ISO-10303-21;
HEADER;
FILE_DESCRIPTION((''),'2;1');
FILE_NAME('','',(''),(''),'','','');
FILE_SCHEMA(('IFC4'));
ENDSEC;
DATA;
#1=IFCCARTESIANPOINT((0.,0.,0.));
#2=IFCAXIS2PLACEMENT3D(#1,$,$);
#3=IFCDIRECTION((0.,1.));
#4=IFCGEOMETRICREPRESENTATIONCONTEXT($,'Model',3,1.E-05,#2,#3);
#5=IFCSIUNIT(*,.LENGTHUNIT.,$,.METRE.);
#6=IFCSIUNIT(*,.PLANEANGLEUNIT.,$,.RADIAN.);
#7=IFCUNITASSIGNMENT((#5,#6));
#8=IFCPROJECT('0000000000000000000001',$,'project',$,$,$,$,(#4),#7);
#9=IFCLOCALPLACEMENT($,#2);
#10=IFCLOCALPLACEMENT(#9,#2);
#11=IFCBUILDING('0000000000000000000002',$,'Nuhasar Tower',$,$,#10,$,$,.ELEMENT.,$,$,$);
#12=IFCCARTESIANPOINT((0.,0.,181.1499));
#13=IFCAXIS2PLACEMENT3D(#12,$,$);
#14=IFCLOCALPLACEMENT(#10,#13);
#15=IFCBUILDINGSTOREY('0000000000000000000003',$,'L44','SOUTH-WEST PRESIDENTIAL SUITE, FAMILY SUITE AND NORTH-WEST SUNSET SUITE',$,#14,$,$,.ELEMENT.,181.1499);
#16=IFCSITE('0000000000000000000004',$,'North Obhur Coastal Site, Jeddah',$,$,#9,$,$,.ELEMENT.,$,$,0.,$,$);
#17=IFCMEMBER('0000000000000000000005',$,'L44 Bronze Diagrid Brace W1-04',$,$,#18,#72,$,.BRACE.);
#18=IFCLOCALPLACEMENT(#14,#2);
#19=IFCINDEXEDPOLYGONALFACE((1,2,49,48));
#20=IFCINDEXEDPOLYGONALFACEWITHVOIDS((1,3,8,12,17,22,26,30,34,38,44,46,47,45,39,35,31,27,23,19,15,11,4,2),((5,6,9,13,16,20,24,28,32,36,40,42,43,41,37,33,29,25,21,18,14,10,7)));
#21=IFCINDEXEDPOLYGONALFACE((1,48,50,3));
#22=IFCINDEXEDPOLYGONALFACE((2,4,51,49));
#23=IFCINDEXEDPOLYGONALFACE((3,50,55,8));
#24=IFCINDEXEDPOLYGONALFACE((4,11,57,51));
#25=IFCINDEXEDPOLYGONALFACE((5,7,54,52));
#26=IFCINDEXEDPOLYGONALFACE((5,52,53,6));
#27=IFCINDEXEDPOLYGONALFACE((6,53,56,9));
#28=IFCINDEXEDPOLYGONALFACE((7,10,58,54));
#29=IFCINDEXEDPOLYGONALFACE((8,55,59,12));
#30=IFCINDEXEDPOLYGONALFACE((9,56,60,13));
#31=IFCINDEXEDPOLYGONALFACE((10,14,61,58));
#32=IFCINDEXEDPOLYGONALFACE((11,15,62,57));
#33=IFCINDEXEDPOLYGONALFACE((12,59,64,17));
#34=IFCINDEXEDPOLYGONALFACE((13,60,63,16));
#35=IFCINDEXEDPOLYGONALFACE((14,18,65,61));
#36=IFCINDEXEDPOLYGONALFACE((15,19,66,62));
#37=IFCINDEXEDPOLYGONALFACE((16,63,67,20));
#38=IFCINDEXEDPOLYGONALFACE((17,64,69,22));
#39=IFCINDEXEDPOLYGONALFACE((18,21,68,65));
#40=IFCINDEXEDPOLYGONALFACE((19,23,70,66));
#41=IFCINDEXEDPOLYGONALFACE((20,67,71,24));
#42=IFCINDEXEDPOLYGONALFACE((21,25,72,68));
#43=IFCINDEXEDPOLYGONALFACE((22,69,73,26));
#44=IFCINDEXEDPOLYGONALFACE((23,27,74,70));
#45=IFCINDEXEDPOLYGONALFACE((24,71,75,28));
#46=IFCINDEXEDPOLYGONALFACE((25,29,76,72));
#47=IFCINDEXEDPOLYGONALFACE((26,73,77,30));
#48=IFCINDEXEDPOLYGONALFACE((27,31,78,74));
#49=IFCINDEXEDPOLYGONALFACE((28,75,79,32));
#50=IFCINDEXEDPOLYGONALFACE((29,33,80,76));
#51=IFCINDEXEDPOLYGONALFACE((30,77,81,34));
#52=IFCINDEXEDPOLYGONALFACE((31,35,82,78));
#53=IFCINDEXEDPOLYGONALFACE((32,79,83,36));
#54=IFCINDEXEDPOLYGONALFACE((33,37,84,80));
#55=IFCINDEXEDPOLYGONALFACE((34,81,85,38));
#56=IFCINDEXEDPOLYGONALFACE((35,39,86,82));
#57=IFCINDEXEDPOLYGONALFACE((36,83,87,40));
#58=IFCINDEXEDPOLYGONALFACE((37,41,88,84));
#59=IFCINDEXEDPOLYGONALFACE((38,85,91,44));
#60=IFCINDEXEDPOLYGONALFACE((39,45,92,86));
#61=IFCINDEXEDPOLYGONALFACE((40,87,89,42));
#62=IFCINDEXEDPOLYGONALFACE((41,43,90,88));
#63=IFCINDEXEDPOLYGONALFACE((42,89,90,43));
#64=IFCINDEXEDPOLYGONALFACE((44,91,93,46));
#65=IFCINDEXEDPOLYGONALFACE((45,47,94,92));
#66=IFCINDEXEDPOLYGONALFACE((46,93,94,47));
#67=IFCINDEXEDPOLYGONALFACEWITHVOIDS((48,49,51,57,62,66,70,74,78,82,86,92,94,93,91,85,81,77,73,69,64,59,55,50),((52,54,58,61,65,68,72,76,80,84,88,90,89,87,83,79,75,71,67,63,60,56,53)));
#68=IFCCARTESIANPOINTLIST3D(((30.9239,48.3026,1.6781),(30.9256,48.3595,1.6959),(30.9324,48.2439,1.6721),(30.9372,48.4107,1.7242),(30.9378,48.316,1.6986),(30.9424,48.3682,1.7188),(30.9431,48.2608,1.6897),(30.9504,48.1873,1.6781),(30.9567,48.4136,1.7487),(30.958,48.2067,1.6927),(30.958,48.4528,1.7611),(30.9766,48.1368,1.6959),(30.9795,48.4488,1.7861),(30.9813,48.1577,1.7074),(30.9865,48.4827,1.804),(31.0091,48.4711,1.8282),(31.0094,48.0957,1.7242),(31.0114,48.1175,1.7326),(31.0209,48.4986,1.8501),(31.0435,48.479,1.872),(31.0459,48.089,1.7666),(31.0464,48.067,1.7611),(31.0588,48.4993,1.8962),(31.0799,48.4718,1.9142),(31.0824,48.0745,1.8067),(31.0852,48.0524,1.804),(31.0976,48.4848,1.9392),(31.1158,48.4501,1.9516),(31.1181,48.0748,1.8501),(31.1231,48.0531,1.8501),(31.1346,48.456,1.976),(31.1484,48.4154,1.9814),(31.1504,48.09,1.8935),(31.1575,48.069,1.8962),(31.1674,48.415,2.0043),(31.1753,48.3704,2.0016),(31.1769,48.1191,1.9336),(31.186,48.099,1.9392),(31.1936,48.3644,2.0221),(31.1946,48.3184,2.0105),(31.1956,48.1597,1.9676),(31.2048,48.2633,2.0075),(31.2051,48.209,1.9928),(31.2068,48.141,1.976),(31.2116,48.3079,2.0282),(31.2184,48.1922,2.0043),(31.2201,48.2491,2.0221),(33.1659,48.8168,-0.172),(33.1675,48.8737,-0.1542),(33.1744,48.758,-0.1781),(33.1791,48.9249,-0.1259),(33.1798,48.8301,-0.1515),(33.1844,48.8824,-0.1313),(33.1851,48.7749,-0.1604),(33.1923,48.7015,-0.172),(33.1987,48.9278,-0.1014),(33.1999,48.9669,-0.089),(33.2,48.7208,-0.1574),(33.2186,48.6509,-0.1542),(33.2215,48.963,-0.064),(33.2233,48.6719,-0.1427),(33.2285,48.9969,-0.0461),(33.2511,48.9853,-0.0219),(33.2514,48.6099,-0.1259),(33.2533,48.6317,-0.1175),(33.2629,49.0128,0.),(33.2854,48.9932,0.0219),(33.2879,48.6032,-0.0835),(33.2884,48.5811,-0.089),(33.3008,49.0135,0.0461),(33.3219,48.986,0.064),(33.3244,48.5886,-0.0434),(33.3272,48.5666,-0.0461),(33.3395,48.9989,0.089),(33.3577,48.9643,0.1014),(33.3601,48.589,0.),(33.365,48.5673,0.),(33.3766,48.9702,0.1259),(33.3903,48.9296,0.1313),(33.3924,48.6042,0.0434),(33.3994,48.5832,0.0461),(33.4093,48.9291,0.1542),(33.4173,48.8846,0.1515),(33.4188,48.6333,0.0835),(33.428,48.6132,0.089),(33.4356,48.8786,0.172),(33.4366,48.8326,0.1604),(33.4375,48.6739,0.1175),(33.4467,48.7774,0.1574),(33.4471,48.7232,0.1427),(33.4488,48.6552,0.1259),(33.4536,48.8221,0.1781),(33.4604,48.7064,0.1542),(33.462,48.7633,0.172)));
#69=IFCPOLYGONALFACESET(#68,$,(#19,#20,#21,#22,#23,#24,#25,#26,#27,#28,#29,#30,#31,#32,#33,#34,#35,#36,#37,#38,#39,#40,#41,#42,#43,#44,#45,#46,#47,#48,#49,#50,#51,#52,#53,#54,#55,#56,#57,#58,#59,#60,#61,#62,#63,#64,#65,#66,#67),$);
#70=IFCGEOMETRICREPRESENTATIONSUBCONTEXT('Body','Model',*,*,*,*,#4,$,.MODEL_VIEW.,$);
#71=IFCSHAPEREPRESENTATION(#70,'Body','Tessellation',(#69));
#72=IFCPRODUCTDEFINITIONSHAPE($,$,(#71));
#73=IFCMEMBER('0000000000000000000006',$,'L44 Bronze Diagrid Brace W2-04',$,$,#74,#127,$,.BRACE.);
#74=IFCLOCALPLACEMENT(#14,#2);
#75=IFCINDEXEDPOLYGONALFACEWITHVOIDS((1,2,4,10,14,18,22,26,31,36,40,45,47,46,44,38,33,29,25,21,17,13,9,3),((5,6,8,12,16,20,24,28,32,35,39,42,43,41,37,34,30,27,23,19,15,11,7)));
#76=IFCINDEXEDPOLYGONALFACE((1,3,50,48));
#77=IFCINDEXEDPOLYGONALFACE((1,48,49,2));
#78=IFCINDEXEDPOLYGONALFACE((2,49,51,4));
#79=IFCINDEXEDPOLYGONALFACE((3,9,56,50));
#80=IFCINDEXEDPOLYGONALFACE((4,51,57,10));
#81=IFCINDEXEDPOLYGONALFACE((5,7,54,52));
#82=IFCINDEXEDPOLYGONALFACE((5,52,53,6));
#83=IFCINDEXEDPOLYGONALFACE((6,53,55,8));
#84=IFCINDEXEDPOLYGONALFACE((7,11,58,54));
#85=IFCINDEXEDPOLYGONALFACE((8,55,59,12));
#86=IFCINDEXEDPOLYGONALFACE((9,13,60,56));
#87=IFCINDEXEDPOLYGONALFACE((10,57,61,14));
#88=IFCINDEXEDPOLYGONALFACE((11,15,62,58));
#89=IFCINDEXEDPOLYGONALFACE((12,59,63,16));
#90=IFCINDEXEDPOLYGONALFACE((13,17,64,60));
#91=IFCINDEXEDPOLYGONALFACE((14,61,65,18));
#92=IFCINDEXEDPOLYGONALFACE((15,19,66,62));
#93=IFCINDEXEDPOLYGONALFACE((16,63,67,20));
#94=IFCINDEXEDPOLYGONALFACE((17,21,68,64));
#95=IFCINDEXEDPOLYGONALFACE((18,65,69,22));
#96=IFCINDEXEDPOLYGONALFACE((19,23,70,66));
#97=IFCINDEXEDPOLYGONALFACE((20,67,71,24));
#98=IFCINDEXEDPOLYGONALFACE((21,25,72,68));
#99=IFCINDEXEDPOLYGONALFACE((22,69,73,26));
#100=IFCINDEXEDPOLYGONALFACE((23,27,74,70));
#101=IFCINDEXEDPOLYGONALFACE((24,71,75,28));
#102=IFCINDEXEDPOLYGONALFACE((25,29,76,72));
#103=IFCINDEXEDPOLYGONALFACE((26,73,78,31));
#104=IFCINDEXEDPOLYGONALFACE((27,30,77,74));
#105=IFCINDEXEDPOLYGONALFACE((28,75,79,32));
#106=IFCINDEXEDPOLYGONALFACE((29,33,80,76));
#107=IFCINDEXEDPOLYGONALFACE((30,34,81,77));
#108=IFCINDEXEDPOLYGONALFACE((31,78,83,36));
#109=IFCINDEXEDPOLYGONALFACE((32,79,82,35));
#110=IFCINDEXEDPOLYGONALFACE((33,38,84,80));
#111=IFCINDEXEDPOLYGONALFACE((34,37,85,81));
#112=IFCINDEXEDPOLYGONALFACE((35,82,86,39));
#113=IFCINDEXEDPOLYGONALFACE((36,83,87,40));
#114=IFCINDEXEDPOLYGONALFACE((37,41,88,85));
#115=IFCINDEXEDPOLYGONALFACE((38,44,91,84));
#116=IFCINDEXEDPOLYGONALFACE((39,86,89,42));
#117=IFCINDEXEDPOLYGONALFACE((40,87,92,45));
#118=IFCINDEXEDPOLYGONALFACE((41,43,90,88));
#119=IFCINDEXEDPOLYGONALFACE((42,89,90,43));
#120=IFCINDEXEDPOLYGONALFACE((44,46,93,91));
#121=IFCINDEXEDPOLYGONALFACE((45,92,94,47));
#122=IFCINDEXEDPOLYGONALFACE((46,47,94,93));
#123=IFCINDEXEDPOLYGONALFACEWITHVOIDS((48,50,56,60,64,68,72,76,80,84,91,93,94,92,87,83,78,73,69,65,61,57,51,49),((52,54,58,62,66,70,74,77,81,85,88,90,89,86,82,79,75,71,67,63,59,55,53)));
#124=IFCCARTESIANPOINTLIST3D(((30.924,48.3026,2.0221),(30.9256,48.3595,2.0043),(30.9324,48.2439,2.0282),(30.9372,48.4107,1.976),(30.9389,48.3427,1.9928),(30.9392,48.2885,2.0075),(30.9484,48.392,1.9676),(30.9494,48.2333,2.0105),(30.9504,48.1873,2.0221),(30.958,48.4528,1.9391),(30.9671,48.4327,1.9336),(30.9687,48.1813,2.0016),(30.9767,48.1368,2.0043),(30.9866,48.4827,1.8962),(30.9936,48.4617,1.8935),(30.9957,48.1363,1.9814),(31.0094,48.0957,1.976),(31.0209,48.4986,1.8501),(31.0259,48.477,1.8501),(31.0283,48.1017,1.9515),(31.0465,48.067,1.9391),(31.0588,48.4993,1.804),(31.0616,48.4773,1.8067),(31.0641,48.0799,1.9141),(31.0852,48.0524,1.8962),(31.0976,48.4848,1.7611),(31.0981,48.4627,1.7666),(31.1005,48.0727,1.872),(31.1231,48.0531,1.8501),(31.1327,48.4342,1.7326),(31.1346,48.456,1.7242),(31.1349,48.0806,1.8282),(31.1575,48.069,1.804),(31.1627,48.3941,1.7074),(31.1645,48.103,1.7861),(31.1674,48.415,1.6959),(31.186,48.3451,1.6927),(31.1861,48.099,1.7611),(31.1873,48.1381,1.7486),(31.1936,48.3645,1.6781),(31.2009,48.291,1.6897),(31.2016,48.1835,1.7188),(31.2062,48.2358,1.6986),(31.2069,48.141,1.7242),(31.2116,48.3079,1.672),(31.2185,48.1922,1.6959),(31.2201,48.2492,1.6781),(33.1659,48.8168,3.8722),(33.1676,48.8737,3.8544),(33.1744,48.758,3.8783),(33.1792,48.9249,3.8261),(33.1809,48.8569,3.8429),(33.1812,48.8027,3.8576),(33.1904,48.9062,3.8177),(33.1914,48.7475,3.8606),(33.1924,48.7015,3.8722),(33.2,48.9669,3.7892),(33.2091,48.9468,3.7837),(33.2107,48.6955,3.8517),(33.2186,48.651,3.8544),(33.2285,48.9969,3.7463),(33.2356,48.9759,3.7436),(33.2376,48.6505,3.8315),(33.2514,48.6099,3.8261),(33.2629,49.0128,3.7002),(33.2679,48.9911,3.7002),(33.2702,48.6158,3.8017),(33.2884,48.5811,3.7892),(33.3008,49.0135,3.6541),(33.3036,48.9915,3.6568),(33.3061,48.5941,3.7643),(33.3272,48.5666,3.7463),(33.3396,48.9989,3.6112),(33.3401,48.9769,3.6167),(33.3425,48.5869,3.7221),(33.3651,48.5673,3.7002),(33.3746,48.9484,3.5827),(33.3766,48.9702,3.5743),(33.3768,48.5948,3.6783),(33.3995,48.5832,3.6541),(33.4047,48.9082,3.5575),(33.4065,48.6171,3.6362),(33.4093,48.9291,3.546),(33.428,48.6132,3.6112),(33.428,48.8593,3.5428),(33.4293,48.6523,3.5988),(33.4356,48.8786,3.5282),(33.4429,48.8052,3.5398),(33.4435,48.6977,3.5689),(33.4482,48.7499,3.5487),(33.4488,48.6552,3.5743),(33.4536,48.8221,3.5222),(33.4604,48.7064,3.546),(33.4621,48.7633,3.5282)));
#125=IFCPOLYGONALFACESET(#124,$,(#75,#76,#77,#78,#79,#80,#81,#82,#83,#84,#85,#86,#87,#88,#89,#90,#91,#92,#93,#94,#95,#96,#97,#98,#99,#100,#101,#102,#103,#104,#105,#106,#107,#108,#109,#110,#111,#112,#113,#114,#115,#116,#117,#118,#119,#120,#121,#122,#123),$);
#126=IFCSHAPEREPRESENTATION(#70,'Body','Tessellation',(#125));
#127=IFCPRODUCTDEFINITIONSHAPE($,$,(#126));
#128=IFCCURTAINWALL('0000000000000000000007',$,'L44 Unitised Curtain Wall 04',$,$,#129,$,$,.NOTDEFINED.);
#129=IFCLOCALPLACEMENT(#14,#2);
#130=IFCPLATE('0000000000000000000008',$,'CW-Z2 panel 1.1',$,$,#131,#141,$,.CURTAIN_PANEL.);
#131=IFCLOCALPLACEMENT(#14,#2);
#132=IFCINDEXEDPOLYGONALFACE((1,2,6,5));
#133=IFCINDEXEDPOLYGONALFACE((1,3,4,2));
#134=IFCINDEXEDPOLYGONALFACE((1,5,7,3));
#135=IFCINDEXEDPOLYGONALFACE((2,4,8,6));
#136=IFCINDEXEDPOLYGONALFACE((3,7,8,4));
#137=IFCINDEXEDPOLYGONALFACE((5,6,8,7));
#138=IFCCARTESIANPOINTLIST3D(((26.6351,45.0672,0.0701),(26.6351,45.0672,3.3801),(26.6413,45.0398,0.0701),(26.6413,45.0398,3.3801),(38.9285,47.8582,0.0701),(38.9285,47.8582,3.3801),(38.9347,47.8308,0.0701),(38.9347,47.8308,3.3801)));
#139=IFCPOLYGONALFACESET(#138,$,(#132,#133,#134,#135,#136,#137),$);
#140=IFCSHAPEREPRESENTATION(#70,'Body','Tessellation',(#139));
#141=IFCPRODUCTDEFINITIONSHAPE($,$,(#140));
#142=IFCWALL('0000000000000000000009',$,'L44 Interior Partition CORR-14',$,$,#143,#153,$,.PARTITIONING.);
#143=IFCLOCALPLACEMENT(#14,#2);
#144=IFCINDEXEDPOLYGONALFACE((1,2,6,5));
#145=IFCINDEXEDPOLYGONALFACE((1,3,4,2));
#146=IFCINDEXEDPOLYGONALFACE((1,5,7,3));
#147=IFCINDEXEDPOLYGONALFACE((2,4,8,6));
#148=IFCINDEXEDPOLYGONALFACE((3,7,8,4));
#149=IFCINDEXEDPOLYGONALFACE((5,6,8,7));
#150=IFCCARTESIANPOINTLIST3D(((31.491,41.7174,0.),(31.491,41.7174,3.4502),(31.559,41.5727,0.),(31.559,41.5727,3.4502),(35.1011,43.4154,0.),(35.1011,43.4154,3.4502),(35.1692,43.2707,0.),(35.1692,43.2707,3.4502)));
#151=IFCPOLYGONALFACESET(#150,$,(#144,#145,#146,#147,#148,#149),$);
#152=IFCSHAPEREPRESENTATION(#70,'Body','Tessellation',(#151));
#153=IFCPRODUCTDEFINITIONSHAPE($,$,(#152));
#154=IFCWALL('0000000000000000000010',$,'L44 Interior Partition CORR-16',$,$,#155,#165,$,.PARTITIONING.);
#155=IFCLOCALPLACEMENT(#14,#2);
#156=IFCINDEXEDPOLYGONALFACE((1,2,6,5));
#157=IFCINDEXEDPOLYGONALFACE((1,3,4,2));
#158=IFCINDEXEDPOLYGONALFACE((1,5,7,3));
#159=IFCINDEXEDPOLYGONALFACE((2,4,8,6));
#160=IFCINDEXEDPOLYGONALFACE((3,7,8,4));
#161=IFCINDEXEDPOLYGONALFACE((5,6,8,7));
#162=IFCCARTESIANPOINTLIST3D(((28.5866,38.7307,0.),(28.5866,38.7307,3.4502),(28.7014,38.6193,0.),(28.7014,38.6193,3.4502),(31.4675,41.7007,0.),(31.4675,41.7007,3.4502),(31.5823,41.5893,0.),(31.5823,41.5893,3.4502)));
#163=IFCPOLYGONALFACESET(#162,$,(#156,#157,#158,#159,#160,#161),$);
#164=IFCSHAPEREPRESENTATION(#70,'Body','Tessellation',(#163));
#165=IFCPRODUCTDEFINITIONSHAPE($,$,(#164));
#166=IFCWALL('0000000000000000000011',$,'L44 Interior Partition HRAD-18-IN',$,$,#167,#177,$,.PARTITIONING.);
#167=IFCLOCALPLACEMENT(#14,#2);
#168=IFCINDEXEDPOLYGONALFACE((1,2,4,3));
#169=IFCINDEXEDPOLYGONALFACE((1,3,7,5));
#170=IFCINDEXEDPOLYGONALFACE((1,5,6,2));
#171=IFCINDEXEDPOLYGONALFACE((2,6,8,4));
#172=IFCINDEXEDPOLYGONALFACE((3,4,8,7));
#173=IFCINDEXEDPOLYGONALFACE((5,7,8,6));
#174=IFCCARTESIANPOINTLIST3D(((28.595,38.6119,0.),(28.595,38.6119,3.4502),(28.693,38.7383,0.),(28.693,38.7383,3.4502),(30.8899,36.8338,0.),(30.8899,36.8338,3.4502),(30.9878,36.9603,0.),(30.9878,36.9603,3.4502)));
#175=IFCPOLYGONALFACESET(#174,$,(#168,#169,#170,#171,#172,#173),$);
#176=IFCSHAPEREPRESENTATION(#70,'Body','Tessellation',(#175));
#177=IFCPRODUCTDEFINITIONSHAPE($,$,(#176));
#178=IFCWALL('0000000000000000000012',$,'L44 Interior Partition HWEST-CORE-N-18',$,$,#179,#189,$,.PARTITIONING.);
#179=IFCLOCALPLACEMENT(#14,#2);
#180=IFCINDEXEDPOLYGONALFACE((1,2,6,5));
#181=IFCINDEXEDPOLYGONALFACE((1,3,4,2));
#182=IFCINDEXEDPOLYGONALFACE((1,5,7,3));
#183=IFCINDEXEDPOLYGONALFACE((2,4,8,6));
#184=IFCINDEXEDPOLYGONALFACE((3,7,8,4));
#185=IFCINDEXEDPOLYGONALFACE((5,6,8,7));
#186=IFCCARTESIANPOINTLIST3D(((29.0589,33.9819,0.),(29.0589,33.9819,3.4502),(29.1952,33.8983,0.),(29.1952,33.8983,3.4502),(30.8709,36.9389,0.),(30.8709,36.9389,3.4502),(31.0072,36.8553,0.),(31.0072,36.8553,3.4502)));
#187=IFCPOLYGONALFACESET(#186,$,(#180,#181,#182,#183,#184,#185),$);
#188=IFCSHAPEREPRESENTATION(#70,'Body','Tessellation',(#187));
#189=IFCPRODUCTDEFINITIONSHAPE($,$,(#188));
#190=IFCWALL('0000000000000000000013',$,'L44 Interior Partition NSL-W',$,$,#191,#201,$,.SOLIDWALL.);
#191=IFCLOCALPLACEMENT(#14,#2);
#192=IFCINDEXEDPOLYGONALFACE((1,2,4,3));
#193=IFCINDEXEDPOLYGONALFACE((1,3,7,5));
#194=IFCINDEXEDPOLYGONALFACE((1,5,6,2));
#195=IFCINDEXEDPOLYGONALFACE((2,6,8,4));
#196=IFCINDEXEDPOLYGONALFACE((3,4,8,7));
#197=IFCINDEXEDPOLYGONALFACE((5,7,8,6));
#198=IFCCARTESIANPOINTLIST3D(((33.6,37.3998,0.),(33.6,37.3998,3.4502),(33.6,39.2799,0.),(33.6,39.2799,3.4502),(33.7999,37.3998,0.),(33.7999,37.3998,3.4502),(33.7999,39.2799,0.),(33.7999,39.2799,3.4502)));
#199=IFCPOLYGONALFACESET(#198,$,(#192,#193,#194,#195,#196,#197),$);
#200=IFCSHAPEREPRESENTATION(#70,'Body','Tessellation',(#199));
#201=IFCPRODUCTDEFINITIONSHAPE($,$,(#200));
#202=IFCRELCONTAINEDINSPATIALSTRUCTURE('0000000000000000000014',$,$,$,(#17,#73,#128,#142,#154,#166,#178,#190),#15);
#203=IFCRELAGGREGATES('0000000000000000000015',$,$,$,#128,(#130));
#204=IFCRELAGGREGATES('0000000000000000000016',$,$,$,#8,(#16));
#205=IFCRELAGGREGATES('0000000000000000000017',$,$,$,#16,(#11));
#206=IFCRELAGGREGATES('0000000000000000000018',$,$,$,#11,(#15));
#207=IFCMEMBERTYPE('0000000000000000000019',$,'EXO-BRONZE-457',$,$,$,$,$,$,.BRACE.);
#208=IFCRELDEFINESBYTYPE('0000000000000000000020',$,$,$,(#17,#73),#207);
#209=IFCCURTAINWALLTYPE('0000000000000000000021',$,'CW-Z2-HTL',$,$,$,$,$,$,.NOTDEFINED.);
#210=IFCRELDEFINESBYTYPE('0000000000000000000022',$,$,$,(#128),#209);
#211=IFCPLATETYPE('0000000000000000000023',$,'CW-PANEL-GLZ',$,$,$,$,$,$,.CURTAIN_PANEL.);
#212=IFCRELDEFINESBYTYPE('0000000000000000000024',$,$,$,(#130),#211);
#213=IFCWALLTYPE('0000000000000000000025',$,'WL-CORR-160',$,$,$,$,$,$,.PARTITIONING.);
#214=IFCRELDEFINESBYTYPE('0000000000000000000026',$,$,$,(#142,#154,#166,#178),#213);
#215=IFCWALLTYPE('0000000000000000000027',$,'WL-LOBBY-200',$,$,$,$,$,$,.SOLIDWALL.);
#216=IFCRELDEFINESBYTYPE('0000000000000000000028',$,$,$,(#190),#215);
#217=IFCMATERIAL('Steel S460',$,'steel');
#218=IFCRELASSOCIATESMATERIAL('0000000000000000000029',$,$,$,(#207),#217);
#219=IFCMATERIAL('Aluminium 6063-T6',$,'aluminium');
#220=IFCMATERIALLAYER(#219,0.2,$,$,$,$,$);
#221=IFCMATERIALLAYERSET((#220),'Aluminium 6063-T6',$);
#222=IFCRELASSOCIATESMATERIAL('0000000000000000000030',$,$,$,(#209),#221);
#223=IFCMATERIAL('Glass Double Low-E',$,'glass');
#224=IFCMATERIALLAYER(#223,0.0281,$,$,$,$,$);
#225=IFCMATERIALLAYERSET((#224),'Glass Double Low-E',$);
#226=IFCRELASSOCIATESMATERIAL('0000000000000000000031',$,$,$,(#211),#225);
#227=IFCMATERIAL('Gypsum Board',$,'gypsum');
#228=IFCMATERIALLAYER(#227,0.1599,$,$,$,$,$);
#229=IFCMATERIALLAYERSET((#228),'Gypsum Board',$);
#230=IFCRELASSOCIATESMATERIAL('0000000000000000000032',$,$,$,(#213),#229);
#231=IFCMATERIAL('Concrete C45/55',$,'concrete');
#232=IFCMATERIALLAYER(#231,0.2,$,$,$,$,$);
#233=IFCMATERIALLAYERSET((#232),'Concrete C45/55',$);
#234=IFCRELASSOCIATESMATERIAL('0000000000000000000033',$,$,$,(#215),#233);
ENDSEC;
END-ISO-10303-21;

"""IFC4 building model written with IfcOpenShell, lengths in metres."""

from ifc_helpers import new_model, si_unit, direction, frame, frame_2d, origin, origin_2d, place, context, subcontext, project, spatial, rectangle, hollow_circle, extrude, material, layer, layer_set, material_profile, profile_set, type_object, element, aggregate, save


model = new_model("IFC4")

# Units and contexts
model_context = context("Model", 3, precision=1e-05, world=origin(), true_north=direction((0.0, 1.0)))
body_context = subcontext(model_context, "Body", "Model", "MODEL_VIEW")
ifc_project = project(units=[si_unit("LENGTHUNIT", "METRE"), si_unit("PLANEANGLEUNIT", "RADIAN")], contexts=[model_context])

# Site, building, storey
site_placement = place(None, origin())
site = spatial("IfcSite", under=ifc_project, at=site_placement, Name="North Obhur Coastal Site, Jeddah", CompositionType="ELEMENT", RefElevation=0.0)
building_placement = place(site_placement, origin())
building = spatial("IfcBuilding", under=site, at=building_placement, Name="Nuhasar Tower", CompositionType="ELEMENT")
storey_placement = place(building_placement, frame((0.0, 0.0, 181.1499)))
storey = spatial("IfcBuildingStorey", under=building, at=storey_placement, Name="L44", Description="SOUTH-WEST PRESIDENTIAL SUITE, FAMILY SUITE AND NORTH-WEST SUNSET SUITE", CompositionType="ELEMENT", Elevation=181.1499)

# Members
ifc_material_1 = material(Name="Steel S460", Category="steel")
ifc_material_profile_1 = material_profile(ifc_material_1, hollow_circle(Radius=0.2285, WallThickness=0.0222, at=origin_2d()), Name="HSS457X22.2")
ifc_profile_set_1 = profile_set([ifc_material_profile_1], Name="Steel S460")
member_type = type_object("IfcMemberType", Name="EXO-BRONZE-457", PredefinedType="BRACE", material=ifc_profile_set_1)
for number, where, z_axis, x_axis, name in (
    (1, (33.314, 48.79, 0.0), (-0.7595, -0.174181, 0.626755), (0.223534, -0.974696, 0.0), "L44 Bronze Diagrid Brace W1-04"),
    (2, (31.072, 48.2759, 1.8501), (0.7595, 0.174181, 0.626755), (-0.223534, 0.974696, 0.0), "L44 Bronze Diagrid Brace W2-04"),
):
    element("IfcMember", number, at=place(storey_placement, frame(where, z_axis=z_axis, x_axis=x_axis)), inside=storey, type_object=member_type, Name=name, PredefinedType="BRACE", context=body_context, shape_type="SweptSolid", body=[
        extrude(hollow_circle(Radius=0.2285, WallThickness=0.0222, at=origin_2d()), origin(), (0.0, 0.0, 1.0), 2.9519),
    ])

# Curtain wall, plate
ifc_material_2 = material(Name="Aluminium 6063-T6", Category="aluminium")
ifc_layer_1 = layer(ifc_material_2, 0.2)
ifc_layer_set_1 = layer_set([ifc_layer_1], Name="Aluminium 6063-T6")
curtain_wall_type = type_object("IfcCurtainWallType", Name="CW-Z2-HTL", PredefinedType="NOTDEFINED", material=ifc_layer_set_1)
curtain_wall_placement = place(storey_placement, origin())
curtain_wall = element("IfcCurtainWall", 3, at=curtain_wall_placement, inside=storey, type_object=curtain_wall_type, Name="L44 Unitised Curtain Wall 04", PredefinedType="NOTDEFINED")
ifc_material_3 = material(Name="Glass Double Low-E", Category="glass")
ifc_layer_2 = layer(ifc_material_3, 0.0281)
ifc_layer_set_2 = layer_set([ifc_layer_2], Name="Glass Double Low-E")
plate_type = type_object("IfcPlateType", Name="CW-PANEL-GLZ", PredefinedType="CURTAIN_PANEL", material=ifc_layer_set_2)
plate_placement = place(storey_placement, frame((32.7849, 46.449, 0.0701), z_axis=(0.0, 0.0, 1.0), x_axis=(-0.975184, -0.221397, 0.0)))
plate = element("IfcPlate", 4, at=plate_placement, type_object=plate_type, Name="CW-Z2 panel 1.1", PredefinedType="CURTAIN_PANEL", context=body_context, shape_type="SweptSolid", body=[
    extrude(rectangle(XDim=12.6062, YDim=0.0281, at=origin_2d()), origin(), (0.0, 0.0, 1.0), 3.3101),
])
aggregate(curtain_wall, [plate])

# Shared definitions
ifc_material_4 = material(Name="Gypsum Board", Category="gypsum")
ifc_layer_3 = layer(ifc_material_4, 0.1599)
ifc_layer_set_3 = layer_set([ifc_layer_3], Name="Gypsum Board")
wall_type_1 = type_object("IfcWallType", Name="WL-CORR-160", PredefinedType="PARTITIONING", material=ifc_layer_set_3)

# Walls
wall_1_placement = place(storey_placement, frame((35.135, 43.343, 0.0), z_axis=(0.0, 0.0, 1.0), x_axis=(-0.904903, -0.425617, 0.0)))
element("IfcWall", 5, at=wall_1_placement, inside=storey, type_object=wall_type_1, Name="L44 Interior Partition CORR-14", PredefinedType="PARTITIONING", context=body_context, shape_type="SweptSolid", body=[
    extrude(rectangle(XDim=3.9895, YDim=0.1599, at=frame_2d((1.9946, 0.0))), origin(), (0.0, 0.0, 1.0), 3.4502),
])
wall_2_placement = place(storey_placement, frame((31.5249, 41.645, 0.0), z_axis=(0.0, 0.0, 1.0), x_axis=(-0.696256, -0.717793, 0.0)))
element("IfcWall", 6, at=wall_2_placement, inside=storey, type_object=wall_type_1, Name="L44 Interior Partition CORR-16", PredefinedType="PARTITIONING", context=body_context, shape_type="SweptSolid", body=[
    extrude(rectangle(XDim=4.1377, YDim=0.1599, at=frame_2d((2.0688, 0.0))), origin(), (0.0, 0.0, 1.0), 3.4502),
])
wall_3_placement = place(storey_placement, frame((30.939, 36.897, 0.0), z_axis=(0.0, 0.0, 1.0), x_axis=(-0.790496, 0.612467, 0.0)))
element("IfcWall", 7, at=wall_3_placement, inside=storey, type_object=wall_type_1, Name="L44 Interior Partition HRAD-18-IN", PredefinedType="PARTITIONING", context=body_context, shape_type="SweptSolid", body=[
    extrude(rectangle(XDim=2.9031, YDim=0.1599, at=frame_2d((1.4517, 0.0))), origin(), (0.0, 0.0, 1.0), 3.4502),
])
wall_4_placement = place(storey_placement, frame((30.939, 36.897, 0.0), z_axis=(0.0, 0.0, 1.0), x_axis=(-0.522486, -0.852648, 0.0)))
element("IfcWall", 8, at=wall_4_placement, inside=storey, type_object=wall_type_1, Name="L44 Interior Partition HWEST-CORE-N-18", PredefinedType="PARTITIONING", context=body_context, shape_type="SweptSolid", body=[
    extrude(rectangle(XDim=3.468, YDim=0.1599, at=frame_2d((1.7339, 0.0))), origin(), (0.0, 0.0, 1.0), 3.4502),
])
ifc_material_5 = material(Name="Concrete C45/55", Category="concrete")
ifc_layer_4 = layer(ifc_material_5, 0.2)
ifc_layer_set_4 = layer_set([ifc_layer_4], Name="Concrete C45/55")
wall_type_2 = type_object("IfcWallType", Name="WL-LOBBY-200", PredefinedType="SOLIDWALL", material=ifc_layer_set_4)
wall_5_placement = place(storey_placement, frame((33.7, 37.3999, 0.0), z_axis=(0.0, 0.0, 1.0), x_axis=(0.0, 1.0, 0.0)))
element("IfcWall", 9, at=wall_5_placement, inside=storey, type_object=wall_type_2, Name="L44 Interior Partition NSL-W", PredefinedType="SOLIDWALL", context=body_context, shape_type="SweptSolid", body=[
    extrude(rectangle(XDim=1.8801, YDim=0.2, at=frame_2d((0.9399, 0.0))), origin(), (0.0, 0.0, 1.0), 3.4502),
])

save(model, "model.ifc")
